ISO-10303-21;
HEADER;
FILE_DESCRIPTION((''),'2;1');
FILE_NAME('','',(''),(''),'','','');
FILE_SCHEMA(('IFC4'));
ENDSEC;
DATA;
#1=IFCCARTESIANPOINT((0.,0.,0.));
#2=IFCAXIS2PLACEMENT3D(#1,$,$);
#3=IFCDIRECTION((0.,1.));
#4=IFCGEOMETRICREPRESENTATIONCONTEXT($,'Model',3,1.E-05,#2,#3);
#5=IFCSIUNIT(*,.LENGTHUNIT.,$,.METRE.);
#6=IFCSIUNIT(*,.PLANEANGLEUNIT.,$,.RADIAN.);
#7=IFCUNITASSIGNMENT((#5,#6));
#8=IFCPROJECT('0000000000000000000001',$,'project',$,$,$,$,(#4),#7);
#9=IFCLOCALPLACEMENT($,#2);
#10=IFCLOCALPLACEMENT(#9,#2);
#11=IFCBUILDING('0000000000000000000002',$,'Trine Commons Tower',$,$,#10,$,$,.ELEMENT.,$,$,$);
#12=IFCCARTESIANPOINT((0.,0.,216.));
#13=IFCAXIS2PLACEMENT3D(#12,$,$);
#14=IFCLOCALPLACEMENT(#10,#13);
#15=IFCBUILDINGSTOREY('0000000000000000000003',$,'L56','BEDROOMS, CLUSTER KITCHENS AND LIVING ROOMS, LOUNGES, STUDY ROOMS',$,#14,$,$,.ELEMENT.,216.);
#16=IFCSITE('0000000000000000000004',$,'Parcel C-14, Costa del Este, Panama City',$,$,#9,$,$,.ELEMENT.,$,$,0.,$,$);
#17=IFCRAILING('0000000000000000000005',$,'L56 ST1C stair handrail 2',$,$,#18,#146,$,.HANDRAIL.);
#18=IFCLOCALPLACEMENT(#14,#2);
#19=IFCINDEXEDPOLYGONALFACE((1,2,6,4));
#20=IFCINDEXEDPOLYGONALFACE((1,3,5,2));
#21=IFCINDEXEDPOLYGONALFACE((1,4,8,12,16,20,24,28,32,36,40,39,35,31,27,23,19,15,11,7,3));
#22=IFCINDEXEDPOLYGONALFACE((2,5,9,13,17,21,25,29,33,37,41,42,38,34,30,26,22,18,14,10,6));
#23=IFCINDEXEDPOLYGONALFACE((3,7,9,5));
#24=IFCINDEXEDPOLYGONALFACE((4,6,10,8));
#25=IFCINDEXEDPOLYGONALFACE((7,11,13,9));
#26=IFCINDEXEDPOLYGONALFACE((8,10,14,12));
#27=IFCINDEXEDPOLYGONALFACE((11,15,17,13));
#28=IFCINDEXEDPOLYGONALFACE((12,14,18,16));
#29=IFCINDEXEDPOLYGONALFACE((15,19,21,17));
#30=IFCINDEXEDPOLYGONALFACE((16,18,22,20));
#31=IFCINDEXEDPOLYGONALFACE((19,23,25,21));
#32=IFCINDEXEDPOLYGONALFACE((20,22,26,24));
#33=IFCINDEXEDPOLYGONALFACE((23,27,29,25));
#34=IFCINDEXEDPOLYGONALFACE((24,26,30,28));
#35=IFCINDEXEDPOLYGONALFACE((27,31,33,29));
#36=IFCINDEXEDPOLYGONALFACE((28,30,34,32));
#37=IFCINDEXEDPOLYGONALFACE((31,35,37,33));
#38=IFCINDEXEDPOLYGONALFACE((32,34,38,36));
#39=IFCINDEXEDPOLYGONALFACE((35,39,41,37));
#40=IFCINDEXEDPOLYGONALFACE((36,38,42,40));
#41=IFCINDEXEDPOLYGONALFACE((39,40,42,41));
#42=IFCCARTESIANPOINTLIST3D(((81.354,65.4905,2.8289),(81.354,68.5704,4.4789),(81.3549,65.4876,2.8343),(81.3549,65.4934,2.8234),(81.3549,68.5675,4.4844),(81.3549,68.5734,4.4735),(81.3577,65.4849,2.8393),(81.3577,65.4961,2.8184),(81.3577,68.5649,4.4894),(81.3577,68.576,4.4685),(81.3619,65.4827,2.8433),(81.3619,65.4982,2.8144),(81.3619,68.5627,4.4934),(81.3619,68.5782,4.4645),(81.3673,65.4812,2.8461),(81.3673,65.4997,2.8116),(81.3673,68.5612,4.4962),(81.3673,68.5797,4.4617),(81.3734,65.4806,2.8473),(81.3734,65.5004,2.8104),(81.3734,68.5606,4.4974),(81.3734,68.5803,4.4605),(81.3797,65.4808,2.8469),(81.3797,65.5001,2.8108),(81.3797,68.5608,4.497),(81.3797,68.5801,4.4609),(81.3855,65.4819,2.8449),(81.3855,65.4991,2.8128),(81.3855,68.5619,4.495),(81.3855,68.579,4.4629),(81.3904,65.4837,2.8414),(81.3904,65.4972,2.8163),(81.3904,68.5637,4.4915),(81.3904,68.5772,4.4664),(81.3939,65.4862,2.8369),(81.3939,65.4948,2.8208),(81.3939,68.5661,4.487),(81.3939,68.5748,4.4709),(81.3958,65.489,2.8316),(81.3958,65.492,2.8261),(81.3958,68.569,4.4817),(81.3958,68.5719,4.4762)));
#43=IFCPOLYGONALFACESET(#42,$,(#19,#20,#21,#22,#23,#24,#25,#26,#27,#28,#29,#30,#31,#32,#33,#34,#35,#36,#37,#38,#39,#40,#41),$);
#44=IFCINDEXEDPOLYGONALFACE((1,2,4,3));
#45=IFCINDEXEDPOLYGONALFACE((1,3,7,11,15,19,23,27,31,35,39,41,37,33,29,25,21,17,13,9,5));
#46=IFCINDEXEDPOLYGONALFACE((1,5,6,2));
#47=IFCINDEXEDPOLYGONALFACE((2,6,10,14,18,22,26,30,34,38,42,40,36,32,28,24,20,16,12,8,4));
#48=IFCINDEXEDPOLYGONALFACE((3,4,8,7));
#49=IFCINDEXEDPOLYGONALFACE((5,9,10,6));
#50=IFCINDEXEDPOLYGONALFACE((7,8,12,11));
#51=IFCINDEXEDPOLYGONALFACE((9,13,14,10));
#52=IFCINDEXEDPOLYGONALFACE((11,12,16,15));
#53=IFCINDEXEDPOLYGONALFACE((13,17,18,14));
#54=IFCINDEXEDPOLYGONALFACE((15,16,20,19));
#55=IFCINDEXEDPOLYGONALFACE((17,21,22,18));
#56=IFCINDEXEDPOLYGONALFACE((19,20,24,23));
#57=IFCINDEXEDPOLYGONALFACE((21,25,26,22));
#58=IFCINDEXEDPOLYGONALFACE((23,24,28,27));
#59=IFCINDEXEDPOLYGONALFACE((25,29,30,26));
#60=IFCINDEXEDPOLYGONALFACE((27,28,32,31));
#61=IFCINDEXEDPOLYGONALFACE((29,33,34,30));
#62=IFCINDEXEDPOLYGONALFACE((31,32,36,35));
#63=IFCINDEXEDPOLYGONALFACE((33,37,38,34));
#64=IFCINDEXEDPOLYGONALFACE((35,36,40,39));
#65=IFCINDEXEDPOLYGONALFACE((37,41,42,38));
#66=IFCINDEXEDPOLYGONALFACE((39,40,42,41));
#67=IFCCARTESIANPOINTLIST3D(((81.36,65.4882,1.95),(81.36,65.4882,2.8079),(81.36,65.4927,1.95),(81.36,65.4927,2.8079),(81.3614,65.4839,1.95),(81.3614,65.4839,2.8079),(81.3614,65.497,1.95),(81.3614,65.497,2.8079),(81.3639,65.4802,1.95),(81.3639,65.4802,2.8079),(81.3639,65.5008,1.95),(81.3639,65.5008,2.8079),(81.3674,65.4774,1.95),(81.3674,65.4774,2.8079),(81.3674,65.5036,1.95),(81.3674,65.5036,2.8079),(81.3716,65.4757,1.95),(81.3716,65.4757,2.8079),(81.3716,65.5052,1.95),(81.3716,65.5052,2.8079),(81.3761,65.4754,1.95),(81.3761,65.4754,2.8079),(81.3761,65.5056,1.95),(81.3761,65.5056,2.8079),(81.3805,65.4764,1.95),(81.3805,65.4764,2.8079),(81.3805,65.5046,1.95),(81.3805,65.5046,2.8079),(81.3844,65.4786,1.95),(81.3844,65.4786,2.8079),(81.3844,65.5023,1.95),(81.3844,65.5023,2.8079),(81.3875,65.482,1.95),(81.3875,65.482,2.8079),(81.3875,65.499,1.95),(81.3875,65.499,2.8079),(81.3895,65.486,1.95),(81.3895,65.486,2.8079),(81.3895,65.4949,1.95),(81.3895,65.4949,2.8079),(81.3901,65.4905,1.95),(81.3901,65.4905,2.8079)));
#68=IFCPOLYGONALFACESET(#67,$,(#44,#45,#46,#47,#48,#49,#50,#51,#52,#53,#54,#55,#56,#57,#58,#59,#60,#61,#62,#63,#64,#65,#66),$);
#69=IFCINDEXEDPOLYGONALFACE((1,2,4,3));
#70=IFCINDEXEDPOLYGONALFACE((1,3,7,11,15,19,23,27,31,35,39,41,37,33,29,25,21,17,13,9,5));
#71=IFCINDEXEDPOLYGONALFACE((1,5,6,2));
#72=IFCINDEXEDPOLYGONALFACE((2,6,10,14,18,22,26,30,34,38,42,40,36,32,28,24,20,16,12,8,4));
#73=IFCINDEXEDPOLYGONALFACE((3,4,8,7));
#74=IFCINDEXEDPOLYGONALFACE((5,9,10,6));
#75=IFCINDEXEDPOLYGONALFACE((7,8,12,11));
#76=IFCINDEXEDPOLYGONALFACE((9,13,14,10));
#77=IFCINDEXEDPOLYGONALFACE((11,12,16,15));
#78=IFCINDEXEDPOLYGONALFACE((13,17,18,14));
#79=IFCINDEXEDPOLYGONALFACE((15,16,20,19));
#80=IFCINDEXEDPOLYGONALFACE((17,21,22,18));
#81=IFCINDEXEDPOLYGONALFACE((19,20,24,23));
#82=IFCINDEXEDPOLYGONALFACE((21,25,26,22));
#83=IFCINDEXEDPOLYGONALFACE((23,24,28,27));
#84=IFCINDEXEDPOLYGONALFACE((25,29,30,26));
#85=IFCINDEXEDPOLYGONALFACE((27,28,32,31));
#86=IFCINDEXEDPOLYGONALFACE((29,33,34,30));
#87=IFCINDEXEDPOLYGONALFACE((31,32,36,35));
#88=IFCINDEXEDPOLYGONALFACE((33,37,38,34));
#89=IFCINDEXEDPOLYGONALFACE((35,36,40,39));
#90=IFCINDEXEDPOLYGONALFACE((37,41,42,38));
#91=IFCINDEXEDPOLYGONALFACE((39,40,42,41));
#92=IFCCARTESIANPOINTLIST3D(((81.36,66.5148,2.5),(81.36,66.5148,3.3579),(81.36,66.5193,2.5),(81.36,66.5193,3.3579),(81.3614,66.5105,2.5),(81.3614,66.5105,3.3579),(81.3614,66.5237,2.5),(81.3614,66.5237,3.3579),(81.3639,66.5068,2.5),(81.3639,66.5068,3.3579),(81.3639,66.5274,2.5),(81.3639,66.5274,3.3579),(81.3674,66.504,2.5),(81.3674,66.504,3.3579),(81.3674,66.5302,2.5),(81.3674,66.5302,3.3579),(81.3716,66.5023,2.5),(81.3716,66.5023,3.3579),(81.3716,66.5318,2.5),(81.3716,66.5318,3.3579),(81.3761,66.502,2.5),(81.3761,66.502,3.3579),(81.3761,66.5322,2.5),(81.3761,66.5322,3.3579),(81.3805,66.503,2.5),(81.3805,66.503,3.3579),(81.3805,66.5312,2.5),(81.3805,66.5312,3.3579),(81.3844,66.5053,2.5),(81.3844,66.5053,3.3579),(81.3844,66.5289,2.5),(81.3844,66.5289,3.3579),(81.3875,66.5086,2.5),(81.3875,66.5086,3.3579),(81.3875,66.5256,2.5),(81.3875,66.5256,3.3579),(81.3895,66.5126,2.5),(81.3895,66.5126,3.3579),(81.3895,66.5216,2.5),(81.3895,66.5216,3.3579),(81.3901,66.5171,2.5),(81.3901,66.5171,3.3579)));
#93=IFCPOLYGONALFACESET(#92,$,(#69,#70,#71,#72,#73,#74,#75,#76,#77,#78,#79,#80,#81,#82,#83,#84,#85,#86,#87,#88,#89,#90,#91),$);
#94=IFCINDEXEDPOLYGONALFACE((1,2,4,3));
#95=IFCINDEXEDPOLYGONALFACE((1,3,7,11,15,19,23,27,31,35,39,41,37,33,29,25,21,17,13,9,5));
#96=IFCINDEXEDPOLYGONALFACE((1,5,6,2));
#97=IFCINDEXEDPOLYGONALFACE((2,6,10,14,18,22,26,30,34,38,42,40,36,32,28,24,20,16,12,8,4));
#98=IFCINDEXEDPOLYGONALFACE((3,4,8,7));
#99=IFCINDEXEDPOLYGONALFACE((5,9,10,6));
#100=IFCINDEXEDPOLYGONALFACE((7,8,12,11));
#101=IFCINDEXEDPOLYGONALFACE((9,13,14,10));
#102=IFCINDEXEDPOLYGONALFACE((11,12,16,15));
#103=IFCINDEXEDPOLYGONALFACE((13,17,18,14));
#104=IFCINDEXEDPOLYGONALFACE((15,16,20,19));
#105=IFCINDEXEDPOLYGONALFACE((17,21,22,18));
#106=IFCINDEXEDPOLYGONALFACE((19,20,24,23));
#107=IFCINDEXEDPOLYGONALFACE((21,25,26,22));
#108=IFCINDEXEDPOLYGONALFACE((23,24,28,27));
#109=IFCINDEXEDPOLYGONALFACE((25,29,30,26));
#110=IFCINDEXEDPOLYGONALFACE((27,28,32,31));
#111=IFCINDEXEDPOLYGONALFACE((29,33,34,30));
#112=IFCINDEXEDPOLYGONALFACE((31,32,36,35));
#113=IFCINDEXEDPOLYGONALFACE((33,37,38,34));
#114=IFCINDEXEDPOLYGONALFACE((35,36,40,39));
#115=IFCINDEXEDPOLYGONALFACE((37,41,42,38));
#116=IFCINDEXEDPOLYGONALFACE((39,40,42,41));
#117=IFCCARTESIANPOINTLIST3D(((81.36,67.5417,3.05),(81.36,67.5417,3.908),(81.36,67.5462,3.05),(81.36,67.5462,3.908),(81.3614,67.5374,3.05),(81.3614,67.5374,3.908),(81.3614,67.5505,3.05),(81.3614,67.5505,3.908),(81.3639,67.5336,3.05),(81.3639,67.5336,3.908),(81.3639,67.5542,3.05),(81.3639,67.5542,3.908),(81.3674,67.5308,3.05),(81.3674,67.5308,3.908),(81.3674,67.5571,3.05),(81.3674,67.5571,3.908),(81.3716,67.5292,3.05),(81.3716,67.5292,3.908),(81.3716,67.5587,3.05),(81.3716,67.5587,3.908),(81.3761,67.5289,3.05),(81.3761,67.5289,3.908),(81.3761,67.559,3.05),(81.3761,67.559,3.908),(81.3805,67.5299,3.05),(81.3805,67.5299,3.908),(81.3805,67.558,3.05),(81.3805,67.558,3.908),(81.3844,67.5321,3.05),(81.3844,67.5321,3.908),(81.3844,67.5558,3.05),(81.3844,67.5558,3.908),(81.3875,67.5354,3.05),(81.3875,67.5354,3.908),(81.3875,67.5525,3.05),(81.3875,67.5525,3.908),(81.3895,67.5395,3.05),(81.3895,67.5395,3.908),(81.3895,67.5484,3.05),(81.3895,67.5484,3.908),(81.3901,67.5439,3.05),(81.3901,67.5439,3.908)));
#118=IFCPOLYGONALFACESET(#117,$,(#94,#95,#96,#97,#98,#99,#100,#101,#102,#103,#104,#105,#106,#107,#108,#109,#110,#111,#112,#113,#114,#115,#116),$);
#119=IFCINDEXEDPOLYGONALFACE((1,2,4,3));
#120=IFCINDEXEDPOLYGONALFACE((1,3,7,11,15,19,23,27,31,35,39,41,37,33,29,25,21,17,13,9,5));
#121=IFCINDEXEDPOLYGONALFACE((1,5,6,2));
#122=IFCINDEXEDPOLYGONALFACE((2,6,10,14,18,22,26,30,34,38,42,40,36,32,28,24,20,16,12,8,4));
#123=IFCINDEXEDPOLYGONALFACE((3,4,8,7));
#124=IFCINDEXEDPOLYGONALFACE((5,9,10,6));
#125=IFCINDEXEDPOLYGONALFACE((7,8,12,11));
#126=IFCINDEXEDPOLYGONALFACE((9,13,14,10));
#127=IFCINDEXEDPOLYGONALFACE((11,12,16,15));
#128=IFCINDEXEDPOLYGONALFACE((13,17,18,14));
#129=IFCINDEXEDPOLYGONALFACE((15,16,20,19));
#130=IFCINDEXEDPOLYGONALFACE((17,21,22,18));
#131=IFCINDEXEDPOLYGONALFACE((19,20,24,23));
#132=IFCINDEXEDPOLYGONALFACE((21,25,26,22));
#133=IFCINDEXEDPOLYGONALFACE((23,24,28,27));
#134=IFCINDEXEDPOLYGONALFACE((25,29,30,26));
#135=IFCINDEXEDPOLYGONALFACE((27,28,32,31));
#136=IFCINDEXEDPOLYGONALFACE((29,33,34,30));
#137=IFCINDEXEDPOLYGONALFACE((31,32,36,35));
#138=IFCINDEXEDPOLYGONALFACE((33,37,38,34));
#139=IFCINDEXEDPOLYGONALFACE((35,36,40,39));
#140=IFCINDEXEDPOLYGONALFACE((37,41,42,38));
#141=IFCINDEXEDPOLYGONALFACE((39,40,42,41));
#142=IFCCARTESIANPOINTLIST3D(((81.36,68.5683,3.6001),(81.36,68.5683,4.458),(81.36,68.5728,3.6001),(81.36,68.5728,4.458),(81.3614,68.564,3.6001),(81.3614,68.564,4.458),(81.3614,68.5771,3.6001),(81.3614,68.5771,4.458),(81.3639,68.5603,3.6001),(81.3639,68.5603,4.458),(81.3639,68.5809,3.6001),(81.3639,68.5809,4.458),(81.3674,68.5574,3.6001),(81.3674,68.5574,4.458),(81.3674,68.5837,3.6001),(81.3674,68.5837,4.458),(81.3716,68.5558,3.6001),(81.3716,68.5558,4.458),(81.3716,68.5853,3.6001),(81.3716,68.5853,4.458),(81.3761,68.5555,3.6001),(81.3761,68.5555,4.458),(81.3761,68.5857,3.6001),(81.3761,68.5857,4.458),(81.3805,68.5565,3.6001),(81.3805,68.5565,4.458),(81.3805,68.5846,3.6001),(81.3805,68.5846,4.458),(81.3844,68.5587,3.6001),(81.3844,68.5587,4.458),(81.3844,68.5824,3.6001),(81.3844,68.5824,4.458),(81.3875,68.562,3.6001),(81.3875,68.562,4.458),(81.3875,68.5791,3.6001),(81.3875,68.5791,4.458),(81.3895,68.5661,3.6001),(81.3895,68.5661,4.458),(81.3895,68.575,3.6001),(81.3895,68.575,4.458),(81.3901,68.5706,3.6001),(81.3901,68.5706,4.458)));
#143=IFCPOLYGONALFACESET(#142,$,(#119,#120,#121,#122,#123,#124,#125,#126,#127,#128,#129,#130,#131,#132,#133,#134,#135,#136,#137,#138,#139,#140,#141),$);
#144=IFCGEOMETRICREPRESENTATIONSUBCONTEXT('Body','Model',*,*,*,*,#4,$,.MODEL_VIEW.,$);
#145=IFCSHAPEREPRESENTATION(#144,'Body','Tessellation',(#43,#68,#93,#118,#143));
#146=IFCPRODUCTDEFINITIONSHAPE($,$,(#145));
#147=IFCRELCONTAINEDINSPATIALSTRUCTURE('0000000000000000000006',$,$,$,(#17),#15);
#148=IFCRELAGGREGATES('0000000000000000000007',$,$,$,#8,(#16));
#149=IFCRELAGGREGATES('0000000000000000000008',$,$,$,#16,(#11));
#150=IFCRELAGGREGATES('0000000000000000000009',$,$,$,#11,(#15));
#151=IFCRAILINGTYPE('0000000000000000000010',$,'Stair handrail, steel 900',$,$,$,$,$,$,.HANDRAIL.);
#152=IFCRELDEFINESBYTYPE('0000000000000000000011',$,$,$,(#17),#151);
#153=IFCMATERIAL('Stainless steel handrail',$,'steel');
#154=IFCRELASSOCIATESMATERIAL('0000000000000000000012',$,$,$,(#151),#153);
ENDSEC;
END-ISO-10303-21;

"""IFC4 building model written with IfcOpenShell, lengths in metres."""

from ifc_helpers import new_model, si_unit, direction, frame, origin, origin_2d, place, context, subcontext, project, spatial, circle, extrude, material, type_object, element, save


model = new_model("IFC4")

# Units and contexts
model_context = context("Model", 3, precision=1e-05, world=origin(), true_north=direction((0.0, 1.0)))
body_context = subcontext(model_context, "Body", "Model", "MODEL_VIEW")
ifc_project = project(units=[si_unit("LENGTHUNIT", "METRE"), si_unit("PLANEANGLEUNIT", "RADIAN")], contexts=[model_context])

# Site, building, storey
site_placement = place(None, origin())
site = spatial("IfcSite", under=ifc_project, at=site_placement, Name="Parcel C-14, Costa del Este, Panama City", CompositionType="ELEMENT", RefElevation=0.0)
building_placement = place(site_placement, origin())
building = spatial("IfcBuilding", under=site, at=building_placement, Name="Trine Commons Tower", CompositionType="ELEMENT")
storey_placement = place(building_placement, frame((0.0, 0.0, 216.0)))
storey = spatial("IfcBuildingStorey", under=building, at=storey_placement, Name="L56", Description="BEDROOMS, CLUSTER KITCHENS AND LIVING ROOMS, LOUNGES, STUDY ROOMS", CompositionType="ELEMENT", Elevation=216.0)

# Railing
ifc_material_1 = material(Name="Stainless steel handrail", Category="steel")
railing_type_1 = type_object("IfcRailingType", Name="Stair handrail, steel 900", PredefinedType="HANDRAIL", material=ifc_material_1)
railing_1_placement = place(storey_placement, frame((81.375, 65.4905, 1.95)))
element("IfcRailing", 1, at=railing_1_placement, inside=storey, type_object=railing_type_1, Name="L56 ST1C stair handrail 2", PredefinedType="HANDRAIL", context=body_context, shape_type="SweptSolid", body=[
    extrude(circle(Radius=0.021, at=origin_2d()), frame((0.0, 0.0, 0.8789), z_axis=(0.0, 0.881468, 0.472245), x_axis=(-1.0, 0.0, 0.0)), (0.0, 0.0, 1.0), 3.4941),
    extrude(circle(Radius=0.0151, at=origin_2d()), origin(), (0.0, 0.0, 1.0), 0.8579),
    extrude(circle(Radius=0.0151, at=origin_2d()), frame((0.0, 1.0266, 0.55)), (0.0, 0.0, 1.0), 0.8579),
    extrude(circle(Radius=0.0151, at=origin_2d()), frame((0.0, 2.0535, 1.1001)), (0.0, 0.0, 1.0), 0.8579),
    extrude(circle(Radius=0.0151, at=origin_2d()), frame((0.0, 3.0801, 1.6501)), (0.0, 0.0, 1.0), 0.8579),
])

save(model, "model.ifc")
